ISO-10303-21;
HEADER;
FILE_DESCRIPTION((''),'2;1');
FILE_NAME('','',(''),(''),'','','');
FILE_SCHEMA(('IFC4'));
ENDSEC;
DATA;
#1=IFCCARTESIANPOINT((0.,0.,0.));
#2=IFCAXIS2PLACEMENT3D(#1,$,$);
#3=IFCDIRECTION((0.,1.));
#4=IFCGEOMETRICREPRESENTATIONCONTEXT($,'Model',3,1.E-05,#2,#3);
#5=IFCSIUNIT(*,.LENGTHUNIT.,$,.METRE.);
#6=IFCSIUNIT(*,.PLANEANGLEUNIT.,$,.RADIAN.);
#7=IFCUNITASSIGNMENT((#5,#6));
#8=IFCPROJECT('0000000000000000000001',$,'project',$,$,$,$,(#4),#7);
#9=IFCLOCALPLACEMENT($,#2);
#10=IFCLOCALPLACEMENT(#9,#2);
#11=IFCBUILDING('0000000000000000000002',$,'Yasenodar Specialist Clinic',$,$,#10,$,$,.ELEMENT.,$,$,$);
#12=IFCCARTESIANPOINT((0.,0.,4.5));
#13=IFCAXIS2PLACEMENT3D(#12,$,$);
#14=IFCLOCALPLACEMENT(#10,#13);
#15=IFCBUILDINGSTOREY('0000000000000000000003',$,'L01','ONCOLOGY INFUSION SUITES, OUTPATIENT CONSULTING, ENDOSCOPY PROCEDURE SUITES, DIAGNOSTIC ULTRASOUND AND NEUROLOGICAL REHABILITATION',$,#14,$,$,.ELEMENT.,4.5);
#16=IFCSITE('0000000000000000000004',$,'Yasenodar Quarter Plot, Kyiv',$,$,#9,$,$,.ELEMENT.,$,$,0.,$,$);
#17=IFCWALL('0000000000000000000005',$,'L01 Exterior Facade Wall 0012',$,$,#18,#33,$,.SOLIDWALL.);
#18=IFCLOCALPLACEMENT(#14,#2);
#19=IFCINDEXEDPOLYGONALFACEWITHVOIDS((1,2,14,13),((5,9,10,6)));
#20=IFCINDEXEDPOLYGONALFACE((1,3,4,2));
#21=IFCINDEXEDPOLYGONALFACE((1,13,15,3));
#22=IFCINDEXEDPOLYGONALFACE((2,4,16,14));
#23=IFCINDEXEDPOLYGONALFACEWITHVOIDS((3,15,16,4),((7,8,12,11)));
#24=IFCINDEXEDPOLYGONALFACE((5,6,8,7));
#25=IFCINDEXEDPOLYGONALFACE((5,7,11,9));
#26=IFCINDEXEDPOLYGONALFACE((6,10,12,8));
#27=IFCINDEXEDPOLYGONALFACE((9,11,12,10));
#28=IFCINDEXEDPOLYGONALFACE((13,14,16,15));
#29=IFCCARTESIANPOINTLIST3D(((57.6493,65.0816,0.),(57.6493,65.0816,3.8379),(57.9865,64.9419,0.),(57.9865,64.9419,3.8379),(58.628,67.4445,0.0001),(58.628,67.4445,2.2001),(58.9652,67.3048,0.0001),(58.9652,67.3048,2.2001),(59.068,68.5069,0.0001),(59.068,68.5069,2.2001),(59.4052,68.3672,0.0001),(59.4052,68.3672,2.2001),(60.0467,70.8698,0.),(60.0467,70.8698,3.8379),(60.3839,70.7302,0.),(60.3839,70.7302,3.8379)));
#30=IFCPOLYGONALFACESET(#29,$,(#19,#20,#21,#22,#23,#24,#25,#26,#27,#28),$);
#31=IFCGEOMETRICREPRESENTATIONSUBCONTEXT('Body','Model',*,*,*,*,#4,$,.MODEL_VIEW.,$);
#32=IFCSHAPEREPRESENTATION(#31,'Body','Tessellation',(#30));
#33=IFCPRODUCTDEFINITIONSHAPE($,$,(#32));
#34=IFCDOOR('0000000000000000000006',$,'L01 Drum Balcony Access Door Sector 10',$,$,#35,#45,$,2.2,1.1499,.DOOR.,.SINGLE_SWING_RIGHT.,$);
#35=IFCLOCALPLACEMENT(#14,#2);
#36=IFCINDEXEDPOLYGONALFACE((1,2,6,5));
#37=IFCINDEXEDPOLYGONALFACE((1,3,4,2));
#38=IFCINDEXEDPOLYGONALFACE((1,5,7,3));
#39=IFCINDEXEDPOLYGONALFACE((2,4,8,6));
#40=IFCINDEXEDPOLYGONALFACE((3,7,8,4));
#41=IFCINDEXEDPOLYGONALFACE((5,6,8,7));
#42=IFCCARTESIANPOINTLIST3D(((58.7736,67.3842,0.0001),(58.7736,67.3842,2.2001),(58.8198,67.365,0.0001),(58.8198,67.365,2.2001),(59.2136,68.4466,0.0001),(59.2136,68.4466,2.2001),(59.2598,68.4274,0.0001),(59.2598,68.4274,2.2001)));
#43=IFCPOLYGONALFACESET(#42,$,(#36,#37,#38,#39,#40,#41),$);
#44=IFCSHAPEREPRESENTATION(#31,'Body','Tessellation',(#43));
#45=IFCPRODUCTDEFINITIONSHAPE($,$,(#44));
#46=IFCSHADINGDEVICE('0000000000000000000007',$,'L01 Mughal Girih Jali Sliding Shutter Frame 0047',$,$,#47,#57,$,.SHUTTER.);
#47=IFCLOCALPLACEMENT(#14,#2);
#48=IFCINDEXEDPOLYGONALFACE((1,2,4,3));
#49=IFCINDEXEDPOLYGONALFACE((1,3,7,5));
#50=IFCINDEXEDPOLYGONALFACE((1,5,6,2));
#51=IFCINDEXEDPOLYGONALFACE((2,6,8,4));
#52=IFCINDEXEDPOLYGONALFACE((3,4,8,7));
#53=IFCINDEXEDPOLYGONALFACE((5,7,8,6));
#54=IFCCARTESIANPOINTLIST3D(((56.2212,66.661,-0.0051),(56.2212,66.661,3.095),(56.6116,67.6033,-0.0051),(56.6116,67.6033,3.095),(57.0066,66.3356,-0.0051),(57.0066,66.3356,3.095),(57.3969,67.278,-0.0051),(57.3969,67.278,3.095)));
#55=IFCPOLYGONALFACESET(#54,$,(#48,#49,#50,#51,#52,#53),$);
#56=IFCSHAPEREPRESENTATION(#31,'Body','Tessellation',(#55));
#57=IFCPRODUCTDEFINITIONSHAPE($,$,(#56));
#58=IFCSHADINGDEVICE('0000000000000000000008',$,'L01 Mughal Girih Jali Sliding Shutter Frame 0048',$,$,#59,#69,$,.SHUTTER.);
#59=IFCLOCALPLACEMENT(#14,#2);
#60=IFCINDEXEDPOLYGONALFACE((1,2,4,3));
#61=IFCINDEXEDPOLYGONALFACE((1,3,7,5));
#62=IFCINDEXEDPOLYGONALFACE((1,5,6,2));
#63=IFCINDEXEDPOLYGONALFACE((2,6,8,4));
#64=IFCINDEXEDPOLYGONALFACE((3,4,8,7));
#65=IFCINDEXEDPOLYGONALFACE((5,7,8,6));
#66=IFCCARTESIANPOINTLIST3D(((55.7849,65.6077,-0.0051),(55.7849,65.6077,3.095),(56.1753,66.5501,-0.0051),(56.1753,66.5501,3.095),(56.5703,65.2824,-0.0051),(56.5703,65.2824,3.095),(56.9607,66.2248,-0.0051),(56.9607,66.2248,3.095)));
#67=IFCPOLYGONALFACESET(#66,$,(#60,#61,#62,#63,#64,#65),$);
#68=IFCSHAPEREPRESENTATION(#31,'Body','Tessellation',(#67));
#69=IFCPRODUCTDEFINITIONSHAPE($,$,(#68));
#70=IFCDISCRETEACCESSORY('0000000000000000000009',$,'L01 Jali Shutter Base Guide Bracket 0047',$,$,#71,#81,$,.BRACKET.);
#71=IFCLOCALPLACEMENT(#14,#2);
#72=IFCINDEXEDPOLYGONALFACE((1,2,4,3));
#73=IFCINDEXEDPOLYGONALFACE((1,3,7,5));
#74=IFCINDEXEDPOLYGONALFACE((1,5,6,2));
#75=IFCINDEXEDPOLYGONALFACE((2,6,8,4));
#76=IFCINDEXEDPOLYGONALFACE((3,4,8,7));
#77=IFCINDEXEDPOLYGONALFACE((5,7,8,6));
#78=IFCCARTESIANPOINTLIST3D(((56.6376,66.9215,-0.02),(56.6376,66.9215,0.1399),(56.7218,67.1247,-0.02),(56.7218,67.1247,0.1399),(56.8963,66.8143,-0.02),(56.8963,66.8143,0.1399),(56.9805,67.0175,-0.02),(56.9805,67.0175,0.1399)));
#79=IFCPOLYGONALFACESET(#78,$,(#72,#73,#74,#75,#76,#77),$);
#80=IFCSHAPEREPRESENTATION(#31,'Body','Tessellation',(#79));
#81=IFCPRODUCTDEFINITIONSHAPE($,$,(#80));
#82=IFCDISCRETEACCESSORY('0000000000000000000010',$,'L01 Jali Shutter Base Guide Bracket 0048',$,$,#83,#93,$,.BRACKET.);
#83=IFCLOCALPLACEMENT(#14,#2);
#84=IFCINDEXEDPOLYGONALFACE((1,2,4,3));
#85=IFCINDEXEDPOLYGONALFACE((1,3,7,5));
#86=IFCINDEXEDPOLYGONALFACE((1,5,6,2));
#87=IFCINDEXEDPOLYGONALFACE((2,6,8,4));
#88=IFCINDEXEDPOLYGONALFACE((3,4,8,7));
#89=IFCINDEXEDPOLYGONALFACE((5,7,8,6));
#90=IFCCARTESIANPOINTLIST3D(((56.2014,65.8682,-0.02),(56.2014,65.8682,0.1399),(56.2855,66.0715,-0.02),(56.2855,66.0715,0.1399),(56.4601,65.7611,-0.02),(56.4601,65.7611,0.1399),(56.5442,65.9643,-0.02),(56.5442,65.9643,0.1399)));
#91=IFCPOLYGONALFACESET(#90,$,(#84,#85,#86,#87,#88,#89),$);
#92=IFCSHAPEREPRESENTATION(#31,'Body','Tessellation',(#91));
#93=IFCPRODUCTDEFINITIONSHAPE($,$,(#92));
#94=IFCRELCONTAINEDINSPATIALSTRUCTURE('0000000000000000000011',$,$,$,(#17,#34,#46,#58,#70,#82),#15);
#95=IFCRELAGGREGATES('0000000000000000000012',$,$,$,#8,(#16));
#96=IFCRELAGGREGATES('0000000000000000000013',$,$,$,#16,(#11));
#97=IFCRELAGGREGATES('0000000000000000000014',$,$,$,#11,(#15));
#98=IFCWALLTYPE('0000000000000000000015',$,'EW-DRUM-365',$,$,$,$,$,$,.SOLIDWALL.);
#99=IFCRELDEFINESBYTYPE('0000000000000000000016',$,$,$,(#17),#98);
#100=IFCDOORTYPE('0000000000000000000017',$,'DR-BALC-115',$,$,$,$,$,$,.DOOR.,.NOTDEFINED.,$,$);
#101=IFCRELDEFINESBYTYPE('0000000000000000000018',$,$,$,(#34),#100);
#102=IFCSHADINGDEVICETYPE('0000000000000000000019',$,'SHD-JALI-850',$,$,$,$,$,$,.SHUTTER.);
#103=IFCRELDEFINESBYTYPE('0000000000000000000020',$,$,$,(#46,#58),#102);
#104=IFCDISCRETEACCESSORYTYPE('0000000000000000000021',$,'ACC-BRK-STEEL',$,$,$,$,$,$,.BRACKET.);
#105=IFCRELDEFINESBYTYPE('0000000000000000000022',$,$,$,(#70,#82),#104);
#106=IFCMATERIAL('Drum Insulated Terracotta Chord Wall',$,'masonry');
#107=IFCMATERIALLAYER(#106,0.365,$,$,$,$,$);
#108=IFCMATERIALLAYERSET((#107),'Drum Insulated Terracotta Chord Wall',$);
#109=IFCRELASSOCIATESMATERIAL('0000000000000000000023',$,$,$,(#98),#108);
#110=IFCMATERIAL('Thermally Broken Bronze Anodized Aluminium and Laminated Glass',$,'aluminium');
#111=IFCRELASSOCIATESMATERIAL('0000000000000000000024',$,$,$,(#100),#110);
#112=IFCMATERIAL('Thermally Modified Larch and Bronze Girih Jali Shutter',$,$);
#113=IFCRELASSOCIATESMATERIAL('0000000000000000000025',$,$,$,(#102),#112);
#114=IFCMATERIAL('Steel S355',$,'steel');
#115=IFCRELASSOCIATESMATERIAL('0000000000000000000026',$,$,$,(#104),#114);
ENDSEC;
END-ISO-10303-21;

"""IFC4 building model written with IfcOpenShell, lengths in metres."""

from ifc_helpers import new_model, si_unit, direction, frame, frame_2d, origin, origin_2d, place, context, subcontext, project, spatial, rectangle, extrude, material, layer, layer_set, type_object, element, fill, save


model = new_model("IFC4")

# Units and contexts
model_context = context("Model", 3, precision=1e-05, world=origin(), true_north=direction((0.0, 1.0)))
body_context = subcontext(model_context, "Body", "Model", "MODEL_VIEW")
ifc_project = project(units=[si_unit("LENGTHUNIT", "METRE"), si_unit("PLANEANGLEUNIT", "RADIAN")], contexts=[model_context])

# Site, building, storey
site_placement = place(None, origin())
site = spatial("IfcSite", under=ifc_project, at=site_placement, Name="Yasenodar Quarter Plot, Kyiv", CompositionType="ELEMENT", RefElevation=0.0)
building_placement = place(site_placement, origin())
building = spatial("IfcBuilding", under=site, at=building_placement, Name="Yasenodar Specialist Clinic", CompositionType="ELEMENT")
storey_placement = place(building_placement, frame((0.0, 0.0, 4.5)))
storey = spatial("IfcBuildingStorey", under=building, at=storey_placement, Name="L01", Description="ONCOLOGY INFUSION SUITES, OUTPATIENT CONSULTING, ENDOSCOPY PROCEDURE SUITES, DIAGNOSTIC ULTRASOUND AND NEUROLOGICAL REHABILITATION", CompositionType="ELEMENT", Elevation=4.5)

# Shared definitions
ifc_material_1 = material(Name="Steel S355", Category="steel")

# Wall, opening, door
ifc_material_2 = material(Name="Drum Insulated Terracotta Chord Wall", Category="masonry")
ifc_layer_1 = layer(ifc_material_2, 0.365)
ifc_layer_set_1 = layer_set([ifc_layer_1], Name="Drum Insulated Terracotta Chord Wall")
wall_type = type_object("IfcWallType", Name="EW-DRUM-365", PredefinedType="SOLIDWALL", material=ifc_layer_set_1)
wall_placement = place(storey_placement, frame((57.8179, 65.0117, 0.0), z_axis=(0.0, 0.0, 1.0), x_axis=(0.382664, 0.923888, 0.0)))
wall = element("IfcWall", 1, at=wall_placement, inside=storey, type_object=wall_type, Name="L01 Exterior Facade Wall 0012", PredefinedType="SOLIDWALL", context=body_context, shape_type="SweptSolid", body=[
    extrude(rectangle(XDim=6.2651, YDim=0.365, at=frame_2d((3.1326, 0.0))), origin(), (0.0, 0.0, 1.0), 3.8379),
])
opening_placement = place(wall_placement, frame((2.5576, 0.0, 0.0)))
opening = element("IfcOpeningElement", 2, at=opening_placement, cuts=wall, PredefinedType="OPENING", context=body_context, shape_type="SweptSolid", body=[
    extrude(rectangle(XDim=1.1499, YDim=2.2, at=frame_2d((0.575, 1.1001))), frame((0.0, 0.1924, 0.0), z_axis=(0.0, -1.0, 0.0), x_axis=(1.0, 0.0, 0.0)), (0.0, 0.0, 1.0), 0.385),
])
ifc_material_3 = material(Name="Thermally Broken Bronze Anodized Aluminium and Laminated Glass", Category="aluminium")
door_type = type_object("IfcDoorType", Name="DR-BALC-115", OperationType="NOTDEFINED", PredefinedType="DOOR", material=ifc_material_3)
door_placement = place(opening_placement, origin())
door = element("IfcDoor", 3, at=door_placement, inside=storey, type_object=door_type, Name="L01 Drum Balcony Access Door Sector 10", OperationType="SINGLE_SWING_RIGHT", OverallHeight=2.2, OverallWidth=1.1499, PredefinedType="DOOR", context=body_context, shape_type="SweptSolid", body=[
    extrude(rectangle(XDim=1.1499, YDim=2.2, at=frame_2d((0.575, 1.1001))), frame((0.0, 0.0249, 0.0), z_axis=(0.0, -1.0, 0.0), x_axis=(1.0, 0.0, 0.0)), (0.0, 0.0, 1.0), 0.05),
])
fill(opening, door)

# Shading devices
ifc_material_4 = material(Name="Thermally Modified Larch and Bronze Girih Jali Shutter")
shading_device_type = type_object("IfcShadingDeviceType", Name="SHD-JALI-850", PredefinedType="SHUTTER", material=ifc_material_4)
for number, where, z_axis, x_axis, name in (
    (4, (56.8091, 66.9695, -0.0051), (0.0, 0.0, 1.0), (-0.382687, -0.923878, 0.0), "L01 Mughal Girih Jali Sliding Shutter Frame 0047"),
    (5, (56.3728, 65.9163, -0.0051), (0.0, 0.0, 1.0), (-0.382687, -0.923878, 0.0), "L01 Mughal Girih Jali Sliding Shutter Frame 0048"),
):
    element("IfcShadingDevice", number, at=place(storey_placement, frame(where, z_axis=z_axis, x_axis=x_axis)), inside=storey, type_object=shading_device_type, Name=name, PredefinedType="SHUTTER", context=body_context, shape_type="SweptSolid", body=[
        extrude(rectangle(XDim=1.02, YDim=0.8501, at=origin_2d()), origin(), (0.0, 0.0, 1.0), 3.1001),
    ])

# Discrete accessories
discrete_accessory_type = type_object("IfcDiscreteAccessoryType", Name="ACC-BRK-STEEL", PredefinedType="BRACKET", material=ifc_material_1)
for number, where, z_axis, x_axis, name in (
    (6, (56.8091, 66.9695, -0.02), (0.0, 0.0, 1.0), (-0.382687, -0.923878, 0.0), "L01 Jali Shutter Base Guide Bracket 0047"),
    (7, (56.3728, 65.9163, -0.02), (0.0, 0.0, 1.0), (-0.382687, -0.923878, 0.0), "L01 Jali Shutter Base Guide Bracket 0048"),
):
    element("IfcDiscreteAccessory", number, at=place(storey_placement, frame(where, z_axis=z_axis, x_axis=x_axis)), inside=storey, type_object=discrete_accessory_type, Name=name, PredefinedType="BRACKET", context=body_context, shape_type="SweptSolid", body=[
        extrude(rectangle(XDim=0.22, YDim=0.28, at=origin_2d()), origin(), (0.0, 0.0, 1.0), 0.1599),
    ])

save(model, "model.ifc")
